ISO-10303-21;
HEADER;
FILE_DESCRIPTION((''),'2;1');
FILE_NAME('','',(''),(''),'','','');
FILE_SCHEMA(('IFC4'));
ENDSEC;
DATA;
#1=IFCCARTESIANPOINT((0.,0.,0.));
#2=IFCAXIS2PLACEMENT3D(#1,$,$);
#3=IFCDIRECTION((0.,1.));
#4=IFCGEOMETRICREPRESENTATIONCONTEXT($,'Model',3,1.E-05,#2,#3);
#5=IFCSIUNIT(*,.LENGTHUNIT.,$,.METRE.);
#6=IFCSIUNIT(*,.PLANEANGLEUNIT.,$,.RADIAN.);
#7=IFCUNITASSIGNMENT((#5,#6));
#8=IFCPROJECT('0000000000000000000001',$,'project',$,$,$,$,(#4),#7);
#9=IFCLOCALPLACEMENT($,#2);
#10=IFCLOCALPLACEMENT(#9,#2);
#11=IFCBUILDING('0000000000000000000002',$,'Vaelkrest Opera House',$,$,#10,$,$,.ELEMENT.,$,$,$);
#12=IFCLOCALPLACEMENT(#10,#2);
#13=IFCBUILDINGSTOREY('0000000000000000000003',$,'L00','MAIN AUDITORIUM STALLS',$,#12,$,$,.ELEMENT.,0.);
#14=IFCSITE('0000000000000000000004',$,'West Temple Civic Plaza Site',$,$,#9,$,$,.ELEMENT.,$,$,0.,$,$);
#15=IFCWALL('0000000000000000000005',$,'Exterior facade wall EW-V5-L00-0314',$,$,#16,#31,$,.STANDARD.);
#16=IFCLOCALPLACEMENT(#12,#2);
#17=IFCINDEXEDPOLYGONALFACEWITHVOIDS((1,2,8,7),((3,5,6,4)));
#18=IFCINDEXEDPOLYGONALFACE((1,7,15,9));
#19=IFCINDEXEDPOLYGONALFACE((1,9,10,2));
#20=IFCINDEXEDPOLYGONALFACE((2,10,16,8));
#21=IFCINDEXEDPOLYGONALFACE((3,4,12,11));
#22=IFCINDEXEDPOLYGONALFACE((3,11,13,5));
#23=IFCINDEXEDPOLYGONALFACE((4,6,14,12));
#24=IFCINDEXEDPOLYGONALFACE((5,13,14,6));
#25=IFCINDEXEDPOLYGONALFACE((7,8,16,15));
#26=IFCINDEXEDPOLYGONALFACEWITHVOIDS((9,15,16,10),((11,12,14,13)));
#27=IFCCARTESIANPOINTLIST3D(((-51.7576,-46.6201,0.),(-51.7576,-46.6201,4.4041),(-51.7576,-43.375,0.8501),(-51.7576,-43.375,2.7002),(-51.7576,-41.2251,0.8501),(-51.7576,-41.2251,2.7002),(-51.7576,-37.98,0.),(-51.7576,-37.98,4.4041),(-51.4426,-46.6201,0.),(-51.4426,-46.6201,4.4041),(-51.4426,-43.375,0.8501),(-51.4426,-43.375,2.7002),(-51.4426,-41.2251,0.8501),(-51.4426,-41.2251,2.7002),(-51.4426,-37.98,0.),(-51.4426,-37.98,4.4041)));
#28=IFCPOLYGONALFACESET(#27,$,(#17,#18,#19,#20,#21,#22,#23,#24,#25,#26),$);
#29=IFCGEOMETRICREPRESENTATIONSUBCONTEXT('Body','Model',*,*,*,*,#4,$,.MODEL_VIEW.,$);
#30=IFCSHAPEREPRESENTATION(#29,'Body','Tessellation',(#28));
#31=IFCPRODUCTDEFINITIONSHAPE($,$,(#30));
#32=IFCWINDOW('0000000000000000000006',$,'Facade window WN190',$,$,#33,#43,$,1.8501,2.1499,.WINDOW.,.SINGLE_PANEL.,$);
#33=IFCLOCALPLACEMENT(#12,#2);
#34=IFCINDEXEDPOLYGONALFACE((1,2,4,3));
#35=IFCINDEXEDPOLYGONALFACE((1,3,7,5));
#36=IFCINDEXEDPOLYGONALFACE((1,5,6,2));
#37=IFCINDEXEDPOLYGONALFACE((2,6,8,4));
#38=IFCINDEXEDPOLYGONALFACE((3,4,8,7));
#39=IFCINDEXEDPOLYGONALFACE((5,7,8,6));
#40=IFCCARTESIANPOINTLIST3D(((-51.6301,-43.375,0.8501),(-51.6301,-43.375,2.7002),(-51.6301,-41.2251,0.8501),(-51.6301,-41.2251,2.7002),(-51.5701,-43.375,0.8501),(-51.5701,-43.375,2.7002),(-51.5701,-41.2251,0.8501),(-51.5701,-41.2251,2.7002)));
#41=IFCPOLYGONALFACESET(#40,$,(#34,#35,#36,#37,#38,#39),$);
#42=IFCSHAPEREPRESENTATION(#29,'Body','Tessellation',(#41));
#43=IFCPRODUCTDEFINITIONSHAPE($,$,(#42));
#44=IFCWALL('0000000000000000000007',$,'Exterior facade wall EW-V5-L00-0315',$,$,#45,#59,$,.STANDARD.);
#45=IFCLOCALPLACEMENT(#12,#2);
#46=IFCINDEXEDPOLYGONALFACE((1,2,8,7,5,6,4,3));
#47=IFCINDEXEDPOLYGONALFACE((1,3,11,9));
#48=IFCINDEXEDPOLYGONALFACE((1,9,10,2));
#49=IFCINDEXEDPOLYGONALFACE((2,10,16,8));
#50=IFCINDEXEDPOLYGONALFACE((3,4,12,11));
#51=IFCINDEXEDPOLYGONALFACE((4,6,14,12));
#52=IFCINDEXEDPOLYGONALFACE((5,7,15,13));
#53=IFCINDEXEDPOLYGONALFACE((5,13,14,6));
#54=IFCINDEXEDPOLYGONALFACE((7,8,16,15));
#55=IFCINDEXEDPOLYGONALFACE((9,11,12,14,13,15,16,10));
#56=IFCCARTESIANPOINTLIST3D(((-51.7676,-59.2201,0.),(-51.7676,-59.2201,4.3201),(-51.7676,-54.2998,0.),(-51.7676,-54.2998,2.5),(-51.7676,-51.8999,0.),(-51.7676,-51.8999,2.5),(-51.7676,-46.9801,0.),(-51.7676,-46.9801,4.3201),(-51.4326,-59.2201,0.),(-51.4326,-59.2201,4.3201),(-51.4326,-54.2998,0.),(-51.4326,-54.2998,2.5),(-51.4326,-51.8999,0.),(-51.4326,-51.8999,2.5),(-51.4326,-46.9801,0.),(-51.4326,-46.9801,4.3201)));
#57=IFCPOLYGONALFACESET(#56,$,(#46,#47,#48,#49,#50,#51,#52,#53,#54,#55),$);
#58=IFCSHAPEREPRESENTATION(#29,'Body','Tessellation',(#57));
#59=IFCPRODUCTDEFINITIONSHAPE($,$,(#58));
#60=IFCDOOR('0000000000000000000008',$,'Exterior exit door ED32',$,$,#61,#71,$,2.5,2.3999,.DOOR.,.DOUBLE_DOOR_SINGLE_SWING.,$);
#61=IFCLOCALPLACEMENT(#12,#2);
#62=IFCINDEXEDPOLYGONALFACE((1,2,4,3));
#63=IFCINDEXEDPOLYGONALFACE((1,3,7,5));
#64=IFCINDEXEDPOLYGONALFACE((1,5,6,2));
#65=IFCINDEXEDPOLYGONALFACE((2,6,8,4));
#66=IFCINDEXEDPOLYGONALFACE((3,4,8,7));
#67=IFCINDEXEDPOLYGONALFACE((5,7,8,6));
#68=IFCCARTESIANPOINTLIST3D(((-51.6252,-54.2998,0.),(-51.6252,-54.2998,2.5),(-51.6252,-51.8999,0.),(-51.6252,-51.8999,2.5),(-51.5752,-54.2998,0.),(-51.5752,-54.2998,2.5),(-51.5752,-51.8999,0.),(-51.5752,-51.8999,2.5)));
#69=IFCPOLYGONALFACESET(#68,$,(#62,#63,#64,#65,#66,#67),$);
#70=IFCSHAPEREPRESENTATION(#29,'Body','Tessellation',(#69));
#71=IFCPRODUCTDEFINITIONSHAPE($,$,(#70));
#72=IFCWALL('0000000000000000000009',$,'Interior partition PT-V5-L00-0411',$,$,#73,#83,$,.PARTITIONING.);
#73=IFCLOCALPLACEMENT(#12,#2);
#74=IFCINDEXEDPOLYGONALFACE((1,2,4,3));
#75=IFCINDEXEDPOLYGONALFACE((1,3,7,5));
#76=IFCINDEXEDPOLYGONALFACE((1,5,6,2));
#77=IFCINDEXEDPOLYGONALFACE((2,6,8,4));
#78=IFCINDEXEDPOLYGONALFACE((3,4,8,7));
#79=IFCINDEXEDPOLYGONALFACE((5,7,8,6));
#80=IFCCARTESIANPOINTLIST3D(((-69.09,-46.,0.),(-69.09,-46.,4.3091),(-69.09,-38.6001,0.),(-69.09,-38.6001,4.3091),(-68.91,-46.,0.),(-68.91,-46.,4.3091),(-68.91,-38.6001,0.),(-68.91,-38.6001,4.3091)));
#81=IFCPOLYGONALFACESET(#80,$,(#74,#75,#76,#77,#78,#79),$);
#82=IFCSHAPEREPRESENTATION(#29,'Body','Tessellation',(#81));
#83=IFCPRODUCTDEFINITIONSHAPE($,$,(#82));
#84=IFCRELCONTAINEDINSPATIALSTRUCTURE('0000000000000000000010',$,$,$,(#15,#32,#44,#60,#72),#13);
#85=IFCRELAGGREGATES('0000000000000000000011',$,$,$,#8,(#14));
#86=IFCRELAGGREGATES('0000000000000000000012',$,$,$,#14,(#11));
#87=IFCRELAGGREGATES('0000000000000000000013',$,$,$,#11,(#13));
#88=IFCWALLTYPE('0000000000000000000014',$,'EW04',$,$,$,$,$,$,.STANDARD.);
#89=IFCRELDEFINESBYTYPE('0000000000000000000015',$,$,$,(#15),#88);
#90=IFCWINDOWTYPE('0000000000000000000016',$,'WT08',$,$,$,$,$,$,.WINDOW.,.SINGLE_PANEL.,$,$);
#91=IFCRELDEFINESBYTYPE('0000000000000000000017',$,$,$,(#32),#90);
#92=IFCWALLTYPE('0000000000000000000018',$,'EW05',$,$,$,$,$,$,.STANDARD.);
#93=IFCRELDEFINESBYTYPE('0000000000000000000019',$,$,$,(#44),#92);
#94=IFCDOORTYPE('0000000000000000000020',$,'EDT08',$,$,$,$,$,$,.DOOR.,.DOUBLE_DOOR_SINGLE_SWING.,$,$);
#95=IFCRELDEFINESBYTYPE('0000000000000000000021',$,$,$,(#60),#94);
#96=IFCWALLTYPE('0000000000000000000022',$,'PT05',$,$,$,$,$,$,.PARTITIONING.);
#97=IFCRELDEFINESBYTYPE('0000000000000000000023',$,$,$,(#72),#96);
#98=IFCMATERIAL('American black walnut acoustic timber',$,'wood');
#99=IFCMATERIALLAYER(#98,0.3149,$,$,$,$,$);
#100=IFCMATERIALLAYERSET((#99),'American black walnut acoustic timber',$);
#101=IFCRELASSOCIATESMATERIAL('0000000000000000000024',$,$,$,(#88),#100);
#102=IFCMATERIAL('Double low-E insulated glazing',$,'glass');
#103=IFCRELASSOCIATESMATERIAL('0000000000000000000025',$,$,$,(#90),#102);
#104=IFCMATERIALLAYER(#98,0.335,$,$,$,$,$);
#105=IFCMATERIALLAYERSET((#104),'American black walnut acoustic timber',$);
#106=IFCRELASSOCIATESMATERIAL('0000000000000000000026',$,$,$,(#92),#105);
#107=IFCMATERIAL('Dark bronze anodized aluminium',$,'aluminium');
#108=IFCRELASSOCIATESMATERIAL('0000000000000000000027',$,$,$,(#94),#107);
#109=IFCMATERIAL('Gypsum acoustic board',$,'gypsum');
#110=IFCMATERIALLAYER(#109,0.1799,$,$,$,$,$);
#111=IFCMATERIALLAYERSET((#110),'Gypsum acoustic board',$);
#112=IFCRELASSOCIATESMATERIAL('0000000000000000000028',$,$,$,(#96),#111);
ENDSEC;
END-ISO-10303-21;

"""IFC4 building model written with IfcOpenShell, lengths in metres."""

from ifc_helpers import new_model, si_unit, direction, frame, frame_2d, origin, place, context, subcontext, project, spatial, rectangle, extrude, material, layer, layer_set, type_object, element, fill, save


model = new_model("IFC4")

# Units and contexts
model_context = context("Model", 3, precision=1e-05, world=origin(), true_north=direction((0.0, 1.0)))
body_context = subcontext(model_context, "Body", "Model", "MODEL_VIEW")
ifc_project = project(units=[si_unit("LENGTHUNIT", "METRE"), si_unit("PLANEANGLEUNIT", "RADIAN")], contexts=[model_context])

# Site, building, storey
site_placement = place(None, origin())
site = spatial("IfcSite", under=ifc_project, at=site_placement, Name="West Temple Civic Plaza Site", CompositionType="ELEMENT", RefElevation=0.0)
building_placement = place(site_placement, origin())
building = spatial("IfcBuilding", under=site, at=building_placement, Name="Vaelkrest Opera House", CompositionType="ELEMENT")
storey_placement = place(building_placement, origin())
storey = spatial("IfcBuildingStorey", under=building, at=storey_placement, Name="L00", Description="MAIN AUDITORIUM STALLS", CompositionType="ELEMENT", Elevation=0.0)

# Wall, opening, window
ifc_material_1 = material(Name="American black walnut acoustic timber", Category="wood")
ifc_layer_1 = layer(ifc_material_1, 0.3149)
ifc_layer_set_1 = layer_set([ifc_layer_1], Name="American black walnut acoustic timber")
wall_type_1 = type_object("IfcWallType", Name="EW04", PredefinedType="STANDARD", material=ifc_layer_set_1)
wall_1_placement = place(storey_placement, frame((-51.6001, -37.98, 0.0), z_axis=(0.0, 0.0, 1.0), x_axis=(0.0, -1.0, 0.0)))
wall_1 = element("IfcWall", 1, at=wall_1_placement, inside=storey, type_object=wall_type_1, Name="Exterior facade wall EW-V5-L00-0314", PredefinedType="STANDARD", context=body_context, shape_type="SweptSolid", body=[
    extrude(rectangle(XDim=8.6401, YDim=0.3149, at=frame_2d((4.3201, 0.0))), origin(), (0.0, 0.0, 1.0), 4.4041),
])
opening_1_placement = place(wall_1_placement, frame((3.2451, 0.0, 0.8501)))
opening_1 = element("IfcOpeningElement", 2, at=opening_1_placement, cuts=wall_1, PredefinedType="OPENING", context=body_context, shape_type="SweptSolid", body=[
    extrude(rectangle(XDim=2.1499, YDim=1.8501, at=frame_2d((1.075, 0.925))), frame((0.0, 0.1675, 0.0), z_axis=(0.0, -1.0, 0.0), x_axis=(1.0, 0.0, 0.0)), (0.0, 0.0, 1.0), 0.335),
])
ifc_material_2 = material(Name="Double low-E insulated glazing", Category="glass")
window_type = type_object("IfcWindowType", Name="WT08", PartitioningType="SINGLE_PANEL", PredefinedType="WINDOW", material=ifc_material_2)
window_placement = place(opening_1_placement, origin())
window = element("IfcWindow", 3, at=window_placement, inside=storey, type_object=window_type, Name="Facade window WN190", OverallHeight=1.8501, OverallWidth=2.1499, PartitioningType="SINGLE_PANEL", PredefinedType="WINDOW", context=body_context, shape_type="SweptSolid", body=[
    extrude(rectangle(XDim=2.1499, YDim=1.8501, at=frame_2d((1.075, 0.925))), frame((0.0, 0.03, 0.0), z_axis=(0.0, -1.0, 0.0), x_axis=(1.0, 0.0, 0.0)), (0.0, 0.0, 1.0), 0.0601),
])
fill(opening_1, window)

# Wall, opening, door
ifc_layer_2 = layer(ifc_material_1, 0.335)
ifc_layer_set_2 = layer_set([ifc_layer_2], Name="American black walnut acoustic timber")
wall_type_2 = type_object("IfcWallType", Name="EW05", PredefinedType="STANDARD", material=ifc_layer_set_2)
wall_2_placement = place(storey_placement, frame((-51.6001, -46.98, 0.0), z_axis=(0.0, 0.0, 1.0), x_axis=(0.0, -1.0, 0.0)))
wall_2 = element("IfcWall", 4, at=wall_2_placement, inside=storey, type_object=wall_type_2, Name="Exterior facade wall EW-V5-L00-0315", PredefinedType="STANDARD", context=body_context, shape_type="SweptSolid", body=[
    extrude(rectangle(XDim=12.24, YDim=0.335, at=frame_2d((6.1201, 0.0))), origin(), (0.0, 0.0, 1.0), 4.3201),
])
opening_2_placement = place(wall_2_placement, frame((4.9199, 0.0, 0.0)))
opening_2 = element("IfcOpeningElement", 5, at=opening_2_placement, cuts=wall_2, PredefinedType="OPENING", context=body_context, shape_type="SweptSolid", body=[
    extrude(rectangle(XDim=2.3999, YDim=2.5, at=frame_2d((1.2, 1.25))), frame((0.0, 0.1775, 0.0), z_axis=(0.0, -1.0, 0.0), x_axis=(1.0, 0.0, 0.0)), (0.0, 0.0, 1.0), 0.355),
])
ifc_material_3 = material(Name="Dark bronze anodized aluminium", Category="aluminium")
door_type = type_object("IfcDoorType", Name="EDT08", OperationType="DOUBLE_DOOR_SINGLE_SWING", PredefinedType="DOOR", material=ifc_material_3)
door_placement = place(opening_2_placement, origin())
door = element("IfcDoor", 6, at=door_placement, inside=storey, type_object=door_type, Name="Exterior exit door ED32", OperationType="DOUBLE_DOOR_SINGLE_SWING", OverallHeight=2.5, OverallWidth=2.3999, PredefinedType="DOOR", context=body_context, shape_type="SweptSolid", body=[
    extrude(rectangle(XDim=2.3999, YDim=2.5, at=frame_2d((1.2, 1.25))), frame((0.0, 0.0249, 0.0), z_axis=(0.0, -1.0, 0.0), x_axis=(1.0, 0.0, 0.0)), (0.0, 0.0, 1.0), 0.05),
])
fill(opening_2, door)

# Wall
ifc_material_4 = material(Name="Gypsum acoustic board", Category="gypsum")
ifc_layer_3 = layer(ifc_material_4, 0.1799)
ifc_layer_set_3 = layer_set([ifc_layer_3], Name="Gypsum acoustic board")
wall_type_3 = type_object("IfcWallType", Name="PT05", PredefinedType="PARTITIONING", material=ifc_layer_set_3)
wall_3_placement = place(storey_placement, frame((-69.0, -46.0, 0.0), z_axis=(0.0, 0.0, 1.0), x_axis=(0.0, 1.0, 0.0)))
element("IfcWall", 7, at=wall_3_placement, inside=storey, type_object=wall_type_3, Name="Interior partition PT-V5-L00-0411", PredefinedType="PARTITIONING", context=body_context, shape_type="SweptSolid", body=[
    extrude(rectangle(XDim=7.3999, YDim=0.1799, at=frame_2d((3.7, 0.0))), origin(), (0.0, 0.0, 1.0), 4.3091),
])

save(model, "model.ifc")
